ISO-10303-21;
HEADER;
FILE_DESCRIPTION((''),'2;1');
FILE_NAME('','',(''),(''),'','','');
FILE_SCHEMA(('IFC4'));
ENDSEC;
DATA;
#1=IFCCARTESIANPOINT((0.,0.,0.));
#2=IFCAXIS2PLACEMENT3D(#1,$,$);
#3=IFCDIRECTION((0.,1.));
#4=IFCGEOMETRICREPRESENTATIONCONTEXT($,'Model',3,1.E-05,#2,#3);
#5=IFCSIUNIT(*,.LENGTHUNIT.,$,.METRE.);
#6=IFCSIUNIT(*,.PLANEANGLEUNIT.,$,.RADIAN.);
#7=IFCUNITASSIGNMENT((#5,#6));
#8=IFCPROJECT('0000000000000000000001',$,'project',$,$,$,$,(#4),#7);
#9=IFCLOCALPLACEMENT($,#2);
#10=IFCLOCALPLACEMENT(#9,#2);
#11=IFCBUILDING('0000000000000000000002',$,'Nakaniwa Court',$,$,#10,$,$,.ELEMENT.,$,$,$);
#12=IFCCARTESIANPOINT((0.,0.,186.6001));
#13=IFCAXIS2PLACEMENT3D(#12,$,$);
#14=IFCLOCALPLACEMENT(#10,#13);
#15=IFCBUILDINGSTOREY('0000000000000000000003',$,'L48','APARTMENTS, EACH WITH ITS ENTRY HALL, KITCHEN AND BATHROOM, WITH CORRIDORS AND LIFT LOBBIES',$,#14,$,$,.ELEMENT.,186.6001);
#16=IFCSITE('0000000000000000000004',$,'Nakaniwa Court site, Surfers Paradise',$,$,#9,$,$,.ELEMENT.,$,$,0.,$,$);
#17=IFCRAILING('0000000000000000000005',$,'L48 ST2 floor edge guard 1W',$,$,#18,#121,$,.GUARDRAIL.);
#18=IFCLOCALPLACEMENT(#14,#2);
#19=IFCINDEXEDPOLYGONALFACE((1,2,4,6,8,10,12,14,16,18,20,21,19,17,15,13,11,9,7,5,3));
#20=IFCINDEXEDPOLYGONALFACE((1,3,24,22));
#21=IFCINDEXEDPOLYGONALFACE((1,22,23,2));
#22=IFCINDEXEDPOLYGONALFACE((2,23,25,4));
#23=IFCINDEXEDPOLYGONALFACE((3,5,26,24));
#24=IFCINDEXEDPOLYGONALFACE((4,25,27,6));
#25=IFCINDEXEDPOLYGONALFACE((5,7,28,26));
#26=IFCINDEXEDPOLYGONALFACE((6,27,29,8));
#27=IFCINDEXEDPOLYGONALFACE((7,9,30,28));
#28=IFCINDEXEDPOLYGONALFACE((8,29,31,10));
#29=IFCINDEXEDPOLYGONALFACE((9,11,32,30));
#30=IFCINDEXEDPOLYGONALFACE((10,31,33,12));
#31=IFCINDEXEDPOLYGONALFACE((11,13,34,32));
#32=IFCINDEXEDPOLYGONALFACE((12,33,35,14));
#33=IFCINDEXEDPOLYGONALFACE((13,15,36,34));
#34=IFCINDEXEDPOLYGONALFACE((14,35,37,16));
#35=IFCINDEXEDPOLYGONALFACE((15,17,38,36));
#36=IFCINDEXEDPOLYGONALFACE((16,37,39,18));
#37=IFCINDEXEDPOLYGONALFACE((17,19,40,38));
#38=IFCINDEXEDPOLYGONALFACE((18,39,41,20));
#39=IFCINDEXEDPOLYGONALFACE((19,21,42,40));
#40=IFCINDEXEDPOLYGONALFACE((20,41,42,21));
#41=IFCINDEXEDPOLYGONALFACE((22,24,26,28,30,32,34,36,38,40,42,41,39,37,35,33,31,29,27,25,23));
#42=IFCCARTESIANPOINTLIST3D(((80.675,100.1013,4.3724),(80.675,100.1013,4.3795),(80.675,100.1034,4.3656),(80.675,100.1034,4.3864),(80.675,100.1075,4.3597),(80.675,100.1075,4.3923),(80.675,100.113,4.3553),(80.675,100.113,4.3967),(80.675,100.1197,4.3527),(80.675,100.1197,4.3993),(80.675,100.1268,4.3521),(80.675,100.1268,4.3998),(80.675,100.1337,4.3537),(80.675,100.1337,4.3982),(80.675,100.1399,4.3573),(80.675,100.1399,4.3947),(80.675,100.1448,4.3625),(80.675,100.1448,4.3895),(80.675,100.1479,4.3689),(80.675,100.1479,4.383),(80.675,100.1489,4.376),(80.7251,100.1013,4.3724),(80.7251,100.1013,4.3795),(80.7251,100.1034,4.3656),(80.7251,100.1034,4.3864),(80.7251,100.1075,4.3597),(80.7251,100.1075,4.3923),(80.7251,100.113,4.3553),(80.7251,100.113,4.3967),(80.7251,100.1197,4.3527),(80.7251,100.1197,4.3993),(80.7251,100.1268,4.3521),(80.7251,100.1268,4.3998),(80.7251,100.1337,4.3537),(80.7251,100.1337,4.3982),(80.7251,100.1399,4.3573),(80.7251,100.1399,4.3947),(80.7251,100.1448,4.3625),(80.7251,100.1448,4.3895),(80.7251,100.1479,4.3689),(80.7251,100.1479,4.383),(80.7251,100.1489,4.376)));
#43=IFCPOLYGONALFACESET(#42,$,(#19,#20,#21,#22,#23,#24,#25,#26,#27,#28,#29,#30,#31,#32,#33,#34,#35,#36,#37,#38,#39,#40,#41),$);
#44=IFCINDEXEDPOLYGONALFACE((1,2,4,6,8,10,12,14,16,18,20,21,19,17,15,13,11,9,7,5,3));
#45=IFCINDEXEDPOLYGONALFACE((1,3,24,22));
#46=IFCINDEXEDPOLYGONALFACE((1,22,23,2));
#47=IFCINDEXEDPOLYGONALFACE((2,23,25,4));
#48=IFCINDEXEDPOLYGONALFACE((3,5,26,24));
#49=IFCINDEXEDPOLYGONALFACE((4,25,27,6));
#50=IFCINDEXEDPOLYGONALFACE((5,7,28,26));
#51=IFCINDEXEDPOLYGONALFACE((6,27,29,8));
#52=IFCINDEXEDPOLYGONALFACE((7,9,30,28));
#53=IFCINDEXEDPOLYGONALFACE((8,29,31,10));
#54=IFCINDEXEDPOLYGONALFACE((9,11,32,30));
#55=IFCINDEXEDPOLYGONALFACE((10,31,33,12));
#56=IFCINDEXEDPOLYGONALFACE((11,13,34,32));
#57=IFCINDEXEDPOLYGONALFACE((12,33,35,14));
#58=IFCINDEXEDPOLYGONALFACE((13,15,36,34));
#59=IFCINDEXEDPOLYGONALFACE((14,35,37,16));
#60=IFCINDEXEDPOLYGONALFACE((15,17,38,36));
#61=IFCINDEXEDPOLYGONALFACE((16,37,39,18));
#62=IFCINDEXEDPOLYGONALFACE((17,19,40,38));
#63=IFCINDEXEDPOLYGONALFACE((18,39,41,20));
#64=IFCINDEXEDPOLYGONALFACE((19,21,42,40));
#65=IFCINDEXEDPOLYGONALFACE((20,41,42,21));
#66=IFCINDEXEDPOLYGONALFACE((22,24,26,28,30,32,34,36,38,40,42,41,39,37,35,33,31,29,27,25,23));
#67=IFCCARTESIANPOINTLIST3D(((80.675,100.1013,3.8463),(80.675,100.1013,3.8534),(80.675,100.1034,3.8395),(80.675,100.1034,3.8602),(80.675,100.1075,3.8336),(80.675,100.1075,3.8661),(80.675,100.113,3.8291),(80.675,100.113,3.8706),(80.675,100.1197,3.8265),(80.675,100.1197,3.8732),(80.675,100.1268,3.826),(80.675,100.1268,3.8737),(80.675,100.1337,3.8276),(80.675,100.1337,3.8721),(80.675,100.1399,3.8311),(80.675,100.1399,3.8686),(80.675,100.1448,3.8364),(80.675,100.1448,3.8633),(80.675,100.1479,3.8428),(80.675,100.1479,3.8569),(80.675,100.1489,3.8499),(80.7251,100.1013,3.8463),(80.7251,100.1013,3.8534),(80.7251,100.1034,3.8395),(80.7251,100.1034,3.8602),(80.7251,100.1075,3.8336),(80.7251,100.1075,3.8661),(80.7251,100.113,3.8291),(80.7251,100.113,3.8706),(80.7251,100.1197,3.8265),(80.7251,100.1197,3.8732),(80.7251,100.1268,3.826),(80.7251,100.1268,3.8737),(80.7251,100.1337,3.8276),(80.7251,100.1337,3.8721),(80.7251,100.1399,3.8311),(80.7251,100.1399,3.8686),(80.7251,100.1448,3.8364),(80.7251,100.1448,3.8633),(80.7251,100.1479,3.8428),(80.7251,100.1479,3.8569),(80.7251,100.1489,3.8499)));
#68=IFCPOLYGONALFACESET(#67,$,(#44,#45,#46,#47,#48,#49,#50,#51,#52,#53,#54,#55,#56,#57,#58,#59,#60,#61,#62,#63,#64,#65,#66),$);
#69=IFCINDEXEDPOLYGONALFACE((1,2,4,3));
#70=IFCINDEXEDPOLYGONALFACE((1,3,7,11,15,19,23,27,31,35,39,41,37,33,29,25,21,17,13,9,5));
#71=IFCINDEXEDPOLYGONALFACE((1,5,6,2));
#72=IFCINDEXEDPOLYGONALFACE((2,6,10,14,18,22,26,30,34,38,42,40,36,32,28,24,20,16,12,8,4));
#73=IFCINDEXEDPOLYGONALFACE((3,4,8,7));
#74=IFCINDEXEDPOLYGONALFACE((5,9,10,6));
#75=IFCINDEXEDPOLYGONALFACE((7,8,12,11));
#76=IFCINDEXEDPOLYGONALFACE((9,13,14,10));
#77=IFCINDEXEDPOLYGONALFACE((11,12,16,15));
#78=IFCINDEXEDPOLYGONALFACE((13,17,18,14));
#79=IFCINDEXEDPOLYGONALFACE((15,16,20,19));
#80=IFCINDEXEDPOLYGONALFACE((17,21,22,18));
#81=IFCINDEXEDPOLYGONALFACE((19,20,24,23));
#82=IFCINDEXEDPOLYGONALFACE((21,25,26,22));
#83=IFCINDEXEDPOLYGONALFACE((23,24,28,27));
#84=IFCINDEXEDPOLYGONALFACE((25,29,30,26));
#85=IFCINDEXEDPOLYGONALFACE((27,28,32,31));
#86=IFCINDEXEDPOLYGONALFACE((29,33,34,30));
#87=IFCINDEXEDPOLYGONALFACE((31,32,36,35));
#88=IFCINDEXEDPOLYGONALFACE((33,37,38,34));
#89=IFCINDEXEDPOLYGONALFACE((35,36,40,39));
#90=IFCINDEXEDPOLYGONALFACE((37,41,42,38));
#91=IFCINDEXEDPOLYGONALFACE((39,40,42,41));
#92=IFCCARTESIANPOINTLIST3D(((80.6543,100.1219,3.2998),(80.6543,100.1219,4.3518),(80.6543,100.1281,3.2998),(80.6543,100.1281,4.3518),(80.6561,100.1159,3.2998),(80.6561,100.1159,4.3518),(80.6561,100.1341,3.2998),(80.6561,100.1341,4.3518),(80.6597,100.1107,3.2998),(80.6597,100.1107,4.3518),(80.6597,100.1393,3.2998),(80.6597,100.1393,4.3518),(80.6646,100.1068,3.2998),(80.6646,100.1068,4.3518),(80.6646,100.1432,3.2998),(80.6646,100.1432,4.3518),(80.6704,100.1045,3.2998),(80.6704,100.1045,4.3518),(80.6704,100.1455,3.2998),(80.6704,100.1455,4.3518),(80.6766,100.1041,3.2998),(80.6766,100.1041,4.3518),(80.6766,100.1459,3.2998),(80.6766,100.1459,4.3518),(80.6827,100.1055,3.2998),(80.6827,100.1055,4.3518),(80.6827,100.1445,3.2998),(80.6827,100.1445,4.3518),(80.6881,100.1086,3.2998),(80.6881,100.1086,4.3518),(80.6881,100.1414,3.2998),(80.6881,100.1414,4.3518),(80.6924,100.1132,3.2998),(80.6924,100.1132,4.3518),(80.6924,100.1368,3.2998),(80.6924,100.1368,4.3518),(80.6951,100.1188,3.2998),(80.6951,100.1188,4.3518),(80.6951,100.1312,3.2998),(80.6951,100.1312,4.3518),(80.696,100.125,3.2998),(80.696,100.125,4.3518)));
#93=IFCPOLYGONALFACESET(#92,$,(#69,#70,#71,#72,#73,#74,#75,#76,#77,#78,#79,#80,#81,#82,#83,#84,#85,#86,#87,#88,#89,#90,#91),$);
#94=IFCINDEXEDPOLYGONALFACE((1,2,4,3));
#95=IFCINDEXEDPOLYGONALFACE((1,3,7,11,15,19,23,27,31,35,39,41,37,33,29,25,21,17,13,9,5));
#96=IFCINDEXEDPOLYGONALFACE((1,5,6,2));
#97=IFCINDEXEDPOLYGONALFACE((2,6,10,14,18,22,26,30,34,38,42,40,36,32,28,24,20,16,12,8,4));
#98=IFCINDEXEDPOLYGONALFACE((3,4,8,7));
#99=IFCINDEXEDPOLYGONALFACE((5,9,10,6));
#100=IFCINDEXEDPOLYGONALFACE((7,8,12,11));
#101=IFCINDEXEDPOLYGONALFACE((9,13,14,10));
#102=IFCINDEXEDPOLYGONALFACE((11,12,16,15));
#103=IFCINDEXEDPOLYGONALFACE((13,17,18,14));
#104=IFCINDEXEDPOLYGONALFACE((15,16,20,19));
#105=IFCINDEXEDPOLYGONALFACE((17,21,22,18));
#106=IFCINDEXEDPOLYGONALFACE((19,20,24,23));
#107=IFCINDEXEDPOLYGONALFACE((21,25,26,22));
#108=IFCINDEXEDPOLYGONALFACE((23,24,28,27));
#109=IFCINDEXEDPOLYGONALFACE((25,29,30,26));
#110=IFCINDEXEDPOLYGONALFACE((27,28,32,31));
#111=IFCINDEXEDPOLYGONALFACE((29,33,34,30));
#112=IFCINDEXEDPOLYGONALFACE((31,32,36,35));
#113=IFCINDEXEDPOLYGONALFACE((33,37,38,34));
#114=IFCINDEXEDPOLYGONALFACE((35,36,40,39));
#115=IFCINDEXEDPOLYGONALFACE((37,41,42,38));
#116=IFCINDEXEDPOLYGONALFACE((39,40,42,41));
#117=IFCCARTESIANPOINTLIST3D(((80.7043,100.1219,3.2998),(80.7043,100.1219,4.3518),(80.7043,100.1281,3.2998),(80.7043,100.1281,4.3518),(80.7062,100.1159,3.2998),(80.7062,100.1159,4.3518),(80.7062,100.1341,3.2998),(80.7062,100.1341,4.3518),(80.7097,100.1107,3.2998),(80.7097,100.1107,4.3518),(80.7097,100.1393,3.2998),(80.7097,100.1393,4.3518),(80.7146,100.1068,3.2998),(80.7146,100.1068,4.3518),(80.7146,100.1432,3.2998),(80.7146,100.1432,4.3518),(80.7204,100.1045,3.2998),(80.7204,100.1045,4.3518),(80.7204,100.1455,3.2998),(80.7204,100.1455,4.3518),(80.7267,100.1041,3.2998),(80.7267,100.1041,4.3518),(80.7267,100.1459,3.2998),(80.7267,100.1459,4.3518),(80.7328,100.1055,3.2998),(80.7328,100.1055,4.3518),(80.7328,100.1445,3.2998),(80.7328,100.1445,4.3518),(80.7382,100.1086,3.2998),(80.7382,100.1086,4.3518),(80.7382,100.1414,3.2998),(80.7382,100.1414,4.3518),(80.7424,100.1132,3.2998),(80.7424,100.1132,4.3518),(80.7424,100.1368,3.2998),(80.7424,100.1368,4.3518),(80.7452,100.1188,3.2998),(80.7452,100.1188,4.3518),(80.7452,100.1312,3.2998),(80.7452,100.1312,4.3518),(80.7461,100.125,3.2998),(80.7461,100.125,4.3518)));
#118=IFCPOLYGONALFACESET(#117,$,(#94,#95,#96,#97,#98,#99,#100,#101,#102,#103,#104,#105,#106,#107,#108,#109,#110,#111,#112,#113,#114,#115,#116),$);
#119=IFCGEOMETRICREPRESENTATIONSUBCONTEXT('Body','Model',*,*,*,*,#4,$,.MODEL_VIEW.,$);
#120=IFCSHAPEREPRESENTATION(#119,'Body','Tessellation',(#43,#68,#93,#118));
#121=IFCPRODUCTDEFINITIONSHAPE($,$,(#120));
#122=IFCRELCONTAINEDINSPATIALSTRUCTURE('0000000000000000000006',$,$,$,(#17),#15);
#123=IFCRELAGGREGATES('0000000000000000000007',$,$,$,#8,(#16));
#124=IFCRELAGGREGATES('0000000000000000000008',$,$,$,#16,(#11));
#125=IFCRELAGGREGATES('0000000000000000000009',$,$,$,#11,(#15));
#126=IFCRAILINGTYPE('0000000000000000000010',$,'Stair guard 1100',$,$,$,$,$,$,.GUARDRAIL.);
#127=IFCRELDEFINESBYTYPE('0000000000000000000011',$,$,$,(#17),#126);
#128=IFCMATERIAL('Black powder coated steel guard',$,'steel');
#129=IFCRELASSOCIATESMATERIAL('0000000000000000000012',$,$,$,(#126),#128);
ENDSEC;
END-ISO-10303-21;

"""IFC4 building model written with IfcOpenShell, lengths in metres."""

from ifc_helpers import new_model, si_unit, direction, frame, origin, origin_2d, place, context, subcontext, project, spatial, circle, extrude, material, type_object, element, save


model = new_model("IFC4")

# Units and contexts
model_context = context("Model", 3, precision=1e-05, world=origin(), true_north=direction((0.0, 1.0)))
body_context = subcontext(model_context, "Body", "Model", "MODEL_VIEW")
ifc_project = project(units=[si_unit("LENGTHUNIT", "METRE"), si_unit("PLANEANGLEUNIT", "RADIAN")], contexts=[model_context])

# Site, building, storey
site_placement = place(None, origin())
site = spatial("IfcSite", under=ifc_project, at=site_placement, Name="Nakaniwa Court site, Surfers Paradise", CompositionType="ELEMENT", RefElevation=0.0)
building_placement = place(site_placement, origin())
building = spatial("IfcBuilding", under=site, at=building_placement, Name="Nakaniwa Court", CompositionType="ELEMENT")
storey_placement = place(building_placement, frame((0.0, 0.0, 186.6001)))
storey = spatial("IfcBuildingStorey", under=building, at=storey_placement, Name="L48", Description="APARTMENTS, EACH WITH ITS ENTRY HALL, KITCHEN AND BATHROOM, WITH CORRIDORS AND LIFT LOBBIES", CompositionType="ELEMENT", Elevation=186.6001)

# Railing
ifc_material_1 = material(Name="Black powder coated steel guard", Category="steel")
railing_type_1 = type_object("IfcRailingType", Name="Stair guard 1100", PredefinedType="GUARDRAIL", material=ifc_material_1)
for number, where, name in (
    (1, (80.675, 100.125, 3.2998), "L48 ST2 floor edge guard 1W"),
):
    element("IfcRailing", number, at=place(storey_placement, frame(where)), inside=storey, type_object=railing_type_1, Name=name, PredefinedType="GUARDRAIL", context=body_context, shape_type="SweptSolid", body=[
        extrude(circle(Radius=0.0239, at=origin_2d()), frame((0.0, 0.0, 1.0762), z_axis=(1.0, 0.0, 0.0), x_axis=(0.0, 1.0, 0.0)), (0.0, 0.0, 1.0), 0.05),
        extrude(circle(Radius=0.0239, at=origin_2d()), frame((0.0, 0.0, 0.55), z_axis=(1.0, 0.0, 0.0), x_axis=(0.0, 1.0, 0.0)), (0.0, 0.0, 1.0), 0.05),
        extrude(circle(Radius=0.021, at=origin_2d()), origin(), (0.0, 0.0, 1.0), 1.052),
        extrude(circle(Radius=0.021, at=origin_2d()), frame((0.05, 0.0, 0.0)), (0.0, 0.0, 1.0), 1.052),
    ])

save(model, "model.ifc")
